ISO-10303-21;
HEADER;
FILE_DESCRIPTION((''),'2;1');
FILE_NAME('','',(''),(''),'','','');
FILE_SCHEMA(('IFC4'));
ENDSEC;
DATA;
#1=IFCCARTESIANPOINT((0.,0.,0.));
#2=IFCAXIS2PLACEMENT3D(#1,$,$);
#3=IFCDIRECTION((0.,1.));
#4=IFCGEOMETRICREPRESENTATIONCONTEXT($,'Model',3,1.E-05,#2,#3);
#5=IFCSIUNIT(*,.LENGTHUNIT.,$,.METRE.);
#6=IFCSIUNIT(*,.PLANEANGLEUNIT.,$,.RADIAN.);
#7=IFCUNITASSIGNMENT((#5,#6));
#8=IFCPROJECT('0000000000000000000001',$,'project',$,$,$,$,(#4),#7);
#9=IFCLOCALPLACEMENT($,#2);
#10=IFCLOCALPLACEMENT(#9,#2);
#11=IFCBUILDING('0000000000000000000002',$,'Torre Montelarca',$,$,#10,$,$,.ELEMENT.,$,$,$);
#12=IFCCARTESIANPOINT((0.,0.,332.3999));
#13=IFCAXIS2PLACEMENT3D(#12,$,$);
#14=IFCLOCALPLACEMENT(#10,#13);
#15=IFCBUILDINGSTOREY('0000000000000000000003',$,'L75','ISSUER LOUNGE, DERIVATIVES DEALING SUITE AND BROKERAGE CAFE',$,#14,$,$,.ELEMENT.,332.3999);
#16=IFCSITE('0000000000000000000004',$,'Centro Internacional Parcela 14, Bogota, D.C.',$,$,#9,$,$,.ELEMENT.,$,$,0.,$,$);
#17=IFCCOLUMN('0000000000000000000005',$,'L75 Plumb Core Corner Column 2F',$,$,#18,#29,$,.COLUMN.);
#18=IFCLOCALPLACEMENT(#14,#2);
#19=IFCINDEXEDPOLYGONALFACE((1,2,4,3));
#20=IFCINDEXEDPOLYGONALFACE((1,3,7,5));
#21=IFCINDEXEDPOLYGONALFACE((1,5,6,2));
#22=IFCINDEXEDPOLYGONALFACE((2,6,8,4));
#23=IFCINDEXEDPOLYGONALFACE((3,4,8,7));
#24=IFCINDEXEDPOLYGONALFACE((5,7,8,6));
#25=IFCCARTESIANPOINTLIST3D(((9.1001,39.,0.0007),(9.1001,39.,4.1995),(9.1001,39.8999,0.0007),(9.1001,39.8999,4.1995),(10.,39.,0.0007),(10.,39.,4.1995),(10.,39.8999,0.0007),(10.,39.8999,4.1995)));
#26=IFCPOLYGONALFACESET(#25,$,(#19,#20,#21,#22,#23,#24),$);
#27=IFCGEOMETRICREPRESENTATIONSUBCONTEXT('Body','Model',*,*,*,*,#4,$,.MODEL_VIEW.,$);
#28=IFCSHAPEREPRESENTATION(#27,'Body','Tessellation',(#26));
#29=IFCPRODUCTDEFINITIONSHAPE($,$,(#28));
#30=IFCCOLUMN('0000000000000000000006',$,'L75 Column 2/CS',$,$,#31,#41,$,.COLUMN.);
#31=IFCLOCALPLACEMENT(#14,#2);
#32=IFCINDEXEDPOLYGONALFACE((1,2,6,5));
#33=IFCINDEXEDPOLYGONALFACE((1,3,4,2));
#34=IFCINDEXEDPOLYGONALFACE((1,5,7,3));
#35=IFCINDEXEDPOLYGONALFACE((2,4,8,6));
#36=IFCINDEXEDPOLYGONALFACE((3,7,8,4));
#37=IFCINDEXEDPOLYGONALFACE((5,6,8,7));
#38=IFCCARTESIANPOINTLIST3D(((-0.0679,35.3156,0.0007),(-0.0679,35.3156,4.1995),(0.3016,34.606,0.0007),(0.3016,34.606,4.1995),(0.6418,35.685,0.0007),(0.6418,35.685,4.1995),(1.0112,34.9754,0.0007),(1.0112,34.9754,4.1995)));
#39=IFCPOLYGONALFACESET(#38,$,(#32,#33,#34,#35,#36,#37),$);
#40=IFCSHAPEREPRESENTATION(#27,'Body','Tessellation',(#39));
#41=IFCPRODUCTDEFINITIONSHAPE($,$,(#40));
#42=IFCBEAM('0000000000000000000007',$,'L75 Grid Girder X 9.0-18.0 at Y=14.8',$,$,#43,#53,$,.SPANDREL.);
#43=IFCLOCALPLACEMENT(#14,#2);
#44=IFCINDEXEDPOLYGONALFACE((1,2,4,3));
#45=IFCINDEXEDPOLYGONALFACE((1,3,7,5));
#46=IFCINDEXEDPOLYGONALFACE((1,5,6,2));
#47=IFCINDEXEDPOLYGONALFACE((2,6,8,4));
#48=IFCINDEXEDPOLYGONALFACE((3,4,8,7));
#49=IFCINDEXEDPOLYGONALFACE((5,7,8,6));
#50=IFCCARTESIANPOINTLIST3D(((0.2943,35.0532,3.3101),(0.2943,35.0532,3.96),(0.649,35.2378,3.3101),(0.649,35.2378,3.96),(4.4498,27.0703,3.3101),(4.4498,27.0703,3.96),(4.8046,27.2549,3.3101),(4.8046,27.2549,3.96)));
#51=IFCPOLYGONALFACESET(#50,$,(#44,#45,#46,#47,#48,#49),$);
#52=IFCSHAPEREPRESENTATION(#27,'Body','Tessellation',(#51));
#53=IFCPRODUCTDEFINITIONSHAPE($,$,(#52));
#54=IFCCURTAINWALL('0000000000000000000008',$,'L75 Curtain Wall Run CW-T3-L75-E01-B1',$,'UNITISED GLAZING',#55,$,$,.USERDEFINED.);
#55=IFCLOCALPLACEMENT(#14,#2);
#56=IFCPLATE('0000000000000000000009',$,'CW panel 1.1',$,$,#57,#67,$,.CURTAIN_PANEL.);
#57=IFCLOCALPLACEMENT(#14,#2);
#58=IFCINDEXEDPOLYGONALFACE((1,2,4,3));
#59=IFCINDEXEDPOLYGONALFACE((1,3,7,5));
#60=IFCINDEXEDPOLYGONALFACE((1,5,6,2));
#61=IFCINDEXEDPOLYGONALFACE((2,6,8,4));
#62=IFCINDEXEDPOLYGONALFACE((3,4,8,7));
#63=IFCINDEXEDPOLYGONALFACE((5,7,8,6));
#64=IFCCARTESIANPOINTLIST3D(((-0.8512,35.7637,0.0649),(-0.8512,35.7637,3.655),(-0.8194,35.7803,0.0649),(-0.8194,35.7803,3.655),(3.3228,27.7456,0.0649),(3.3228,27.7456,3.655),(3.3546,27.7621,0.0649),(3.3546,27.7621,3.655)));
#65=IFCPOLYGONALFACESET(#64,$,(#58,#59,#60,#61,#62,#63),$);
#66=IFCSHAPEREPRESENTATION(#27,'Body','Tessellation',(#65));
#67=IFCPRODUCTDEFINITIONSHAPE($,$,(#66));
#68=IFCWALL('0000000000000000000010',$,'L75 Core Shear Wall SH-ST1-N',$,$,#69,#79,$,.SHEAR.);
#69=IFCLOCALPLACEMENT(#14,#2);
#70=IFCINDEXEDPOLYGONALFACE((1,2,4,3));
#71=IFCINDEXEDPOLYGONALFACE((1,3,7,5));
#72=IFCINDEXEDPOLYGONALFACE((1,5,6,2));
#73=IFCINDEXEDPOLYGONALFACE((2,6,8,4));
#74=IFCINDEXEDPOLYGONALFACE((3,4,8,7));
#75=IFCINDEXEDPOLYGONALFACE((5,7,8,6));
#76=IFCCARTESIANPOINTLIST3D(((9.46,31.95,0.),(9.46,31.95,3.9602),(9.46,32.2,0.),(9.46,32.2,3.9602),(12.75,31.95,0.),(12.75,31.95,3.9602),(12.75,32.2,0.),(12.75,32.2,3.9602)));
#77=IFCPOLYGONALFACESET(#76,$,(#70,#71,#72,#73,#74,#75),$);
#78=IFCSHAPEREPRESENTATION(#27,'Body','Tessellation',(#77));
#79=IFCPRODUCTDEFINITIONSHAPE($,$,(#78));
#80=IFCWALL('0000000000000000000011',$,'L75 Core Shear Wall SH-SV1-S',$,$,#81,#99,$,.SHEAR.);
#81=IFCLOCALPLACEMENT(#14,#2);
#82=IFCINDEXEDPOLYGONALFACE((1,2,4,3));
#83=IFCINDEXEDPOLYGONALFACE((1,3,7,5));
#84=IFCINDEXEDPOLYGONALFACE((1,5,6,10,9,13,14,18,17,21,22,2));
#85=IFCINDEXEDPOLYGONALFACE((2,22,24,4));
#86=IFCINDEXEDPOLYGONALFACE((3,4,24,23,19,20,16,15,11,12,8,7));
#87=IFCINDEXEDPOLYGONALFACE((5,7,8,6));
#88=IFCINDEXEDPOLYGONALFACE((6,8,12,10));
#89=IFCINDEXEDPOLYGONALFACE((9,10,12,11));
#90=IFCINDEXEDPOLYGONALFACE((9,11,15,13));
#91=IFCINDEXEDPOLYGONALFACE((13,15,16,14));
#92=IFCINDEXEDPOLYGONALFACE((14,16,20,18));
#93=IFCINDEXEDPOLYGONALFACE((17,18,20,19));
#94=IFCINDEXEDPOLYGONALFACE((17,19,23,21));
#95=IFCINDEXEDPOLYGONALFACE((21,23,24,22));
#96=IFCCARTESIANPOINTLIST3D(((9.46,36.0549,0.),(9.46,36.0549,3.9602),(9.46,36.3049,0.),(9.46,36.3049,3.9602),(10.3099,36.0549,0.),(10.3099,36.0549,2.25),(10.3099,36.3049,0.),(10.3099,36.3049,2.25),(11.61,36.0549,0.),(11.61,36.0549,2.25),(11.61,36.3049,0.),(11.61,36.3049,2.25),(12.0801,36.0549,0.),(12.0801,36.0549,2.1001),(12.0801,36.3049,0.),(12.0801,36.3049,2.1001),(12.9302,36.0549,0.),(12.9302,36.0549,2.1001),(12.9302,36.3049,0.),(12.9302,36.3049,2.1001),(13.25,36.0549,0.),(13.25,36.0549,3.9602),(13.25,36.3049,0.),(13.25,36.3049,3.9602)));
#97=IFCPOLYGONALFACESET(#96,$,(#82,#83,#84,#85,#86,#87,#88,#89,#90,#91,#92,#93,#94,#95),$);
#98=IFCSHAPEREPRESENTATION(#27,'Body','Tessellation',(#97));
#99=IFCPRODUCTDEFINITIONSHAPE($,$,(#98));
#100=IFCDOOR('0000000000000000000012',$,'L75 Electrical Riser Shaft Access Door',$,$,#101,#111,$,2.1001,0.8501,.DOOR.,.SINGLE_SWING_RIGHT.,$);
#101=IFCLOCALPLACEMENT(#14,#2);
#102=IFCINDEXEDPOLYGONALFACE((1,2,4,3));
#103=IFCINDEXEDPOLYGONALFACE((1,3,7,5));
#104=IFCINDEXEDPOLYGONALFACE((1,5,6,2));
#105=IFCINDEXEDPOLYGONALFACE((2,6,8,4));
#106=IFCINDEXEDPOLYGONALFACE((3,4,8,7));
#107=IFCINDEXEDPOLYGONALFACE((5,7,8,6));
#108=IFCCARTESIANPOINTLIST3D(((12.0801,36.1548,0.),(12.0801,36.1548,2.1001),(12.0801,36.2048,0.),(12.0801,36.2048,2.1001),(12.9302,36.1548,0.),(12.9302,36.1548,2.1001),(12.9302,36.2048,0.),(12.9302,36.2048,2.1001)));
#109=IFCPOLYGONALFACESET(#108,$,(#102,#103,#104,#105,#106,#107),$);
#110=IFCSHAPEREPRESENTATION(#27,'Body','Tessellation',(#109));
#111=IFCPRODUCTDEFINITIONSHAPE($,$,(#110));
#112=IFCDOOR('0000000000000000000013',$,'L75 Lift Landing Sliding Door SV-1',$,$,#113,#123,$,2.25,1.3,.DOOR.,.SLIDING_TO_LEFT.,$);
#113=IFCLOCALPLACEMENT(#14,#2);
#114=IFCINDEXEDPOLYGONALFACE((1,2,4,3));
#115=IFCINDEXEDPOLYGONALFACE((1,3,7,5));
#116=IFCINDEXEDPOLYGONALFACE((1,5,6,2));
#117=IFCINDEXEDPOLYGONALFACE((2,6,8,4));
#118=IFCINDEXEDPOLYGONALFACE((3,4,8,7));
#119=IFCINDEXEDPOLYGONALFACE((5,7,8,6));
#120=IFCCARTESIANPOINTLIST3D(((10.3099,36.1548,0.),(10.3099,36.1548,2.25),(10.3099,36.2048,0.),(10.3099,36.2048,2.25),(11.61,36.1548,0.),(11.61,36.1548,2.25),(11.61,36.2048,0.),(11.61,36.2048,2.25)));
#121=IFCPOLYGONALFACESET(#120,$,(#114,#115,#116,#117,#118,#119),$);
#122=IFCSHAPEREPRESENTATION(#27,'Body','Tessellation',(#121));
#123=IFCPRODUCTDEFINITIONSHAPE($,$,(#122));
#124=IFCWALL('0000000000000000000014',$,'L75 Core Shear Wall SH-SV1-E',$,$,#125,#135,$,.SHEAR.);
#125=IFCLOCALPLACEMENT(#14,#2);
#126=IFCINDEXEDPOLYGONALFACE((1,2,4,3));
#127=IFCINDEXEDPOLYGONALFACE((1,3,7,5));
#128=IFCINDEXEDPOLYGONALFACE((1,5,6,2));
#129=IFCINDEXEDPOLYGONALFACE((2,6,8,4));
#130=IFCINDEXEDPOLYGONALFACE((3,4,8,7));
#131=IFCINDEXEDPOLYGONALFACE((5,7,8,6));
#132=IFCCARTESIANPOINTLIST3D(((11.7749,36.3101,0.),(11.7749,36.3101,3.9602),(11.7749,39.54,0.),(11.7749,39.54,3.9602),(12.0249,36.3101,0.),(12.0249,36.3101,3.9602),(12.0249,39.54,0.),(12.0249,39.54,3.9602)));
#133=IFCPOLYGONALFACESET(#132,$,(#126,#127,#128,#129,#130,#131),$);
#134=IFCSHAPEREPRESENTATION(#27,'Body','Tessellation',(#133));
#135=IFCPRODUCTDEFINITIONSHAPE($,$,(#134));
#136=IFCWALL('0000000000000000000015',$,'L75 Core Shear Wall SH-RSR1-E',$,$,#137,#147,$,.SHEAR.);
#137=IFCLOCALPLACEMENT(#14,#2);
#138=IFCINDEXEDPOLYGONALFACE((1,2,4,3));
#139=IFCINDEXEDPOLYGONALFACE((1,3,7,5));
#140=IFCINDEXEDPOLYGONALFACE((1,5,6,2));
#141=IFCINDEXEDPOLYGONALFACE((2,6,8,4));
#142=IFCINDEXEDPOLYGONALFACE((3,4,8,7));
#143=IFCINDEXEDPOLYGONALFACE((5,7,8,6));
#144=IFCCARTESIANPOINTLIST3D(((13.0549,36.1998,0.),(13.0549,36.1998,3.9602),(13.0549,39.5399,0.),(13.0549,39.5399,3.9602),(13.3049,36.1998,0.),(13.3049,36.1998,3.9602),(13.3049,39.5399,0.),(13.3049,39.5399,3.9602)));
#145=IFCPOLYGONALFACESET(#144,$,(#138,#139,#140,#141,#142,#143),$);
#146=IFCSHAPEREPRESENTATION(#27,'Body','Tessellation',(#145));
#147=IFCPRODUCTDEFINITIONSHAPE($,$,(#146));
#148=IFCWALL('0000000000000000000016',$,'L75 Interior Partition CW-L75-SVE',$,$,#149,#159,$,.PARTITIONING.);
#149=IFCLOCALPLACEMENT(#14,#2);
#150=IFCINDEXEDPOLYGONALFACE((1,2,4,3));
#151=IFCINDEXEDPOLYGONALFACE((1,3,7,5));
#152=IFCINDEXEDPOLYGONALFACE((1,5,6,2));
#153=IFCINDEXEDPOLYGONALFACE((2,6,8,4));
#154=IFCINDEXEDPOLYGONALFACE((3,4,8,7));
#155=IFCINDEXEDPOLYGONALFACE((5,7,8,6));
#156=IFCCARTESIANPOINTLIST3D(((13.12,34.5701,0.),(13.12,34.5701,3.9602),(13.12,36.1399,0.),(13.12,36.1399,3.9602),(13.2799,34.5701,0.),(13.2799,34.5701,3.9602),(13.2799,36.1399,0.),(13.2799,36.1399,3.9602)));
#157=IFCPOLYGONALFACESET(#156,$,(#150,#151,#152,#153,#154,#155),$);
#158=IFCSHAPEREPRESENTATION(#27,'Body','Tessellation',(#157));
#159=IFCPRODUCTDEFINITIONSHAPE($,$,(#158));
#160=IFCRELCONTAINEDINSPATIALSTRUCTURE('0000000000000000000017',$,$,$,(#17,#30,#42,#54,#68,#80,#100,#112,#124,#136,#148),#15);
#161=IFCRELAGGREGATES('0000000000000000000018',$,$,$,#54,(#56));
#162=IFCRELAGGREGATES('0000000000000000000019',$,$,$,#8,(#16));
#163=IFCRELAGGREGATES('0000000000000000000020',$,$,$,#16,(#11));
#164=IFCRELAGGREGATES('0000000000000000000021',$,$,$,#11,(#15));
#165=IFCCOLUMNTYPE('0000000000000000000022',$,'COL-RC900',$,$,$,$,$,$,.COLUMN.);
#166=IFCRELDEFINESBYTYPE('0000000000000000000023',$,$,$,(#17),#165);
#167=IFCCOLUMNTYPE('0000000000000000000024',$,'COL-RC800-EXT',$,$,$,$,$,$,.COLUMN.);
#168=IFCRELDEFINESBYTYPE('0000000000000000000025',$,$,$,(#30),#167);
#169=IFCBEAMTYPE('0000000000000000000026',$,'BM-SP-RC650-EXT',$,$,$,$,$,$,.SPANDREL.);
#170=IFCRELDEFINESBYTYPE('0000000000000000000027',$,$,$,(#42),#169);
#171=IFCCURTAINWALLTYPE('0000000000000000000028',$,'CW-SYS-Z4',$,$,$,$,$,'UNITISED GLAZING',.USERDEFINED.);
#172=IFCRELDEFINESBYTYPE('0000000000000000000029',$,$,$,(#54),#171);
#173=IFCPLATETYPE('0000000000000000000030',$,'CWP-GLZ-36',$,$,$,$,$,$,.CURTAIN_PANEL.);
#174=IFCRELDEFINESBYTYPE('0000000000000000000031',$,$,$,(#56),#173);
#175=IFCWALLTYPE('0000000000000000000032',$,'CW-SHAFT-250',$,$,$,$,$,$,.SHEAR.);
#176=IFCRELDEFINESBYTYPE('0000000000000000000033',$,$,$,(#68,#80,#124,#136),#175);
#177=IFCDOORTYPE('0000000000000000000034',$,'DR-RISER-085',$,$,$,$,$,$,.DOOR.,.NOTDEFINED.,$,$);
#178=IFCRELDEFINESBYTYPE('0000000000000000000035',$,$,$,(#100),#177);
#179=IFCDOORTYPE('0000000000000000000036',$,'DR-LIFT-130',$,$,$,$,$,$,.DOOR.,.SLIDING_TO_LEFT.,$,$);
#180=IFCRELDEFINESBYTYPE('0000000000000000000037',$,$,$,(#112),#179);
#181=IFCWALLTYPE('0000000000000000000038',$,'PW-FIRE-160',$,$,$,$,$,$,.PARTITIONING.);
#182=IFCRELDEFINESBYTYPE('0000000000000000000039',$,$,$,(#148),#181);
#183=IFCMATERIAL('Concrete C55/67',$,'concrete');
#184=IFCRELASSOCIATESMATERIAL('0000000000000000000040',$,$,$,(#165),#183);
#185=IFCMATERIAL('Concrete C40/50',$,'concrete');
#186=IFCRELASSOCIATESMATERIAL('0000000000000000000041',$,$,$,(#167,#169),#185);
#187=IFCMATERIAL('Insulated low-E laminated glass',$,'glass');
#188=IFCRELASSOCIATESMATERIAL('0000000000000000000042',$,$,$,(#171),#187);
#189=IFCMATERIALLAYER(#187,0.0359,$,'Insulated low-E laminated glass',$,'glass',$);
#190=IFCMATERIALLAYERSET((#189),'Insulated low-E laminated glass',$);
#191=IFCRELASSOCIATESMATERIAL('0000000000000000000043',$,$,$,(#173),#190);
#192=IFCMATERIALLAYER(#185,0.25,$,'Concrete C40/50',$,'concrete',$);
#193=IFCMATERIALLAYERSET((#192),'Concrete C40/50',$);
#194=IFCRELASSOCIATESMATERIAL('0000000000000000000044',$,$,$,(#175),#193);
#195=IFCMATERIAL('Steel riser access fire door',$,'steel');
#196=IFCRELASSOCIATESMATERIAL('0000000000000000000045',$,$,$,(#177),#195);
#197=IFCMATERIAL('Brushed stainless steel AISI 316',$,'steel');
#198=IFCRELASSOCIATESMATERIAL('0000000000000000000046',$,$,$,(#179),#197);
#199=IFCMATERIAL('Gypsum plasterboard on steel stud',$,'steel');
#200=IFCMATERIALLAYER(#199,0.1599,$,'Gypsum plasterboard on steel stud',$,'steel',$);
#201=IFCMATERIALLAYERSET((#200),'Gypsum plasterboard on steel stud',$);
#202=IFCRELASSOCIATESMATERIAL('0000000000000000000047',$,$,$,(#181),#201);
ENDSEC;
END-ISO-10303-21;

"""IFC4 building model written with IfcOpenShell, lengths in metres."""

from ifc_helpers import new_model, si_unit, direction, frame, frame_2d, origin, origin_2d, place, context, subcontext, project, spatial, rectangle, extrude, source, transform, mapped, material, layer, layer_set, material_profile, profile_set, type_object, element, fill, aggregate, save


model = new_model("IFC4")

# Units and contexts
model_context = context("Model", 3, precision=1e-05, world=origin(), true_north=direction((0.0, 1.0)))
body_context = subcontext(model_context, "Body", "Model", "MODEL_VIEW")
ifc_project = project(units=[si_unit("LENGTHUNIT", "METRE"), si_unit("PLANEANGLEUNIT", "RADIAN")], contexts=[model_context])

# Site, building, storey
site_placement = place(None, origin())
site = spatial("IfcSite", under=ifc_project, at=site_placement, Name="Centro Internacional Parcela 14, Bogota, D.C.", CompositionType="ELEMENT", RefElevation=0.0)
building_placement = place(site_placement, origin())
building = spatial("IfcBuilding", under=site, at=building_placement, Name="Torre Montelarca", CompositionType="ELEMENT")
storey_placement = place(building_placement, frame((0.0, 0.0, 332.3999)))
storey = spatial("IfcBuildingStorey", under=building, at=storey_placement, Name="L75", Description="ISSUER LOUNGE, DERIVATIVES DEALING SUITE AND BROKERAGE CAFE", CompositionType="ELEMENT", Elevation=332.3999)

# Columns
ifc_material_1 = material(Name="Concrete C55/67", Category="concrete")
ifc_material_profile_1 = material_profile(ifc_material_1, rectangle(XDim=0.8999, YDim=0.8999, at=origin_2d()), Name="RC900X900", Category="concrete")
ifc_profile_set_1 = profile_set([ifc_material_profile_1], Name="Concrete C55/67")
column_type_1 = type_object("IfcColumnType", Name="COL-RC900", PredefinedType="COLUMN", material=ifc_profile_set_1)
shared_shape_1 = source(origin(), body_context, "Body", "SweptSolid", [
    extrude(rectangle(XDim=0.8999, YDim=0.8999, at=origin_2d()), origin(), (0.0, 0.0, 1.0), 4.1987),
])
column_1_placement = place(storey_placement, frame((9.55, 39.45, 0.0007), z_axis=(0.0, 0.0, 1.0), x_axis=(1.0, 0.0, 0.0)))
element("IfcColumn", 1, at=column_1_placement, inside=storey, type_object=column_type_1, Name="L75 Plumb Core Corner Column 2F", PredefinedType="COLUMN", context=body_context, shape_type="MappedRepresentation", body=[
    mapped(shared_shape_1, transform((0.0, 0.0, 0.0), scale=1.0)),
])
ifc_material_2 = material(Name="Concrete C40/50", Category="concrete")
ifc_material_profile_2 = material_profile(ifc_material_2, rectangle(XDim=0.8, YDim=0.8, at=origin_2d()), Name="RC800X800", Category="concrete")
ifc_profile_set_2 = profile_set([ifc_material_profile_2], Name="Concrete C40/50")
column_type_2 = type_object("IfcColumnType", Name="COL-RC800-EXT", PredefinedType="COLUMN", material=ifc_profile_set_2)
shared_shape_2 = source(origin(), body_context, "Body", "SweptSolid", [
    extrude(rectangle(XDim=0.8, YDim=0.8, at=origin_2d()), origin(), (0.0, 0.0, 1.0), 4.1987),
])
column_2_placement = place(storey_placement, frame((0.4717, 35.1455, 0.0007), z_axis=(0.0, 0.0, 1.0), x_axis=(-0.461749, 0.887011, 0.0)))
element("IfcColumn", 2, at=column_2_placement, inside=storey, type_object=column_type_2, Name="L75 Column 2/CS", PredefinedType="COLUMN", context=body_context, shape_type="MappedRepresentation", body=[
    mapped(shared_shape_2, transform((0.0, 0.0, 0.0), scale=1.0)),
])

# Beam
ifc_material_profile_3 = material_profile(ifc_material_2, rectangle(XDim=0.3999, YDim=0.6499, at=origin_2d()), Name="RCB400X650", Category="concrete")
ifc_profile_set_3 = profile_set([ifc_material_profile_3], Name="Concrete C40/50")
beam_type = type_object("IfcBeamType", Name="BM-SP-RC650-EXT", PredefinedType="SPANDREL", material=ifc_profile_set_3)
shared_shape_3 = source(origin(), body_context, "Body", "SweptSolid", [
    extrude(rectangle(XDim=0.3999, YDim=0.6499, at=origin_2d()), origin(), (0.0, 0.0, 1.0), 8.9998),
])
beam_placement = place(storey_placement, frame((0.4717, 35.1455, 3.635), z_axis=(0.461738, -0.887016, 0.0), x_axis=(0.887016, 0.461738, 0.0)))
element("IfcBeam", 3, at=beam_placement, inside=storey, type_object=beam_type, Name="L75 Grid Girder X 9.0-18.0 at Y=14.8", PredefinedType="SPANDREL", context=body_context, shape_type="MappedRepresentation", body=[
    mapped(shared_shape_3, transform((0.0, 0.0, 0.0), scale=1.0)),
])

# Curtain wall, plate
ifc_material_3 = material(Name="Insulated low-E laminated glass", Category="glass")
curtain_wall_type = type_object("IfcCurtainWallType", Name="CW-SYS-Z4", ElementType="UNITISED GLAZING", PredefinedType="USERDEFINED", material=ifc_material_3)
curtain_wall_placement = place(storey_placement, origin())
curtain_wall = element("IfcCurtainWall", 4, at=curtain_wall_placement, inside=storey, type_object=curtain_wall_type, Name="L75 Curtain Wall Run CW-T3-L75-E01-B1", ObjectType="UNITISED GLAZING", PredefinedType="USERDEFINED")
ifc_layer_1 = layer(ifc_material_3, 0.0359, Name="Insulated low-E laminated glass", Category="glass")
ifc_layer_set_1 = layer_set([ifc_layer_1], Name="Insulated low-E laminated glass")
plate_type = type_object("IfcPlateType", Name="CWP-GLZ-36", PredefinedType="CURTAIN_PANEL", material=ifc_layer_set_1)
shared_shape_4 = source(origin(), body_context, "Body", "SweptSolid", [
    extrude(rectangle(XDim=9.0396, YDim=0.0359, at=origin_2d()), origin(), (0.0, 0.0, 1.0), 3.5901),
])
plate_placement = place(storey_placement, frame((1.2517, 31.7629, 0.0649), z_axis=(0.0, 0.0, 1.0), x_axis=(0.461747, -0.887011, 0.0)))
plate = element("IfcPlate", 5, at=plate_placement, type_object=plate_type, Name="CW panel 1.1", PredefinedType="CURTAIN_PANEL", context=body_context, shape_type="MappedRepresentation", body=[
    mapped(shared_shape_4, transform((0.0, 0.0, 0.0), scale=1.0)),
])
aggregate(curtain_wall, [plate])

# Wall
ifc_layer_2 = layer(ifc_material_2, 0.25, Name="Concrete C40/50", Category="concrete")
ifc_layer_set_2 = layer_set([ifc_layer_2], Name="Concrete C40/50")
wall_type_1 = type_object("IfcWallType", Name="CW-SHAFT-250", PredefinedType="SHEAR", material=ifc_layer_set_2)
wall_1_placement = place(storey_placement, frame((9.46, 32.075, 0.0), z_axis=(0.0, 0.0, 1.0), x_axis=(1.0, 0.0, 0.0)))
element("IfcWall", 6, at=wall_1_placement, inside=storey, type_object=wall_type_1, Name="L75 Core Shear Wall SH-ST1-N", PredefinedType="SHEAR", context=body_context, shape_type="SweptSolid", body=[
    extrude(rectangle(XDim=3.29, YDim=0.25, at=frame_2d((1.645, 0.0))), origin(), (0.0, 0.0, 1.0), 3.9602),
])

# Wall, openings, doors
wall_2_placement = place(storey_placement, frame((9.46, 36.1799, 0.0), z_axis=(0.0, 0.0, 1.0), x_axis=(1.0, 0.0, 0.0)))
wall_2 = element("IfcWall", 7, at=wall_2_placement, inside=storey, type_object=wall_type_1, Name="L75 Core Shear Wall SH-SV1-S", PredefinedType="SHEAR", context=body_context, shape_type="SweptSolid", body=[
    extrude(rectangle(XDim=3.79, YDim=0.25, at=frame_2d((1.895, 0.0))), origin(), (0.0, 0.0, 1.0), 3.9602),
])
opening_1_placement = place(wall_2_placement, frame((2.6201, 0.0, 0.0)))
opening_1 = element("IfcOpeningElement", 8, at=opening_1_placement, cuts=wall_2, PredefinedType="OPENING", context=body_context, shape_type="SweptSolid", body=[
    extrude(rectangle(XDim=0.8501, YDim=2.1001, at=frame_2d((0.425, 1.05))), frame((0.0, 0.135, 0.0), z_axis=(0.0, -1.0, 0.0), x_axis=(1.0, 0.0, 0.0)), (0.0, 0.0, 1.0), 0.27),
])
opening_2_placement = place(wall_2_placement, frame((0.8501, 0.0, 0.0)))
opening_2 = element("IfcOpeningElement", 9, at=opening_2_placement, cuts=wall_2, PredefinedType="OPENING", context=body_context, shape_type="SweptSolid", body=[
    extrude(rectangle(XDim=1.3, YDim=2.25, at=frame_2d((0.6499, 1.125))), frame((0.0, 0.135, 0.0), z_axis=(0.0, -1.0, 0.0), x_axis=(1.0, 0.0, 0.0)), (0.0, 0.0, 1.0), 0.27),
])
ifc_material_4 = material(Name="Steel riser access fire door", Category="steel")
door_type_1 = type_object("IfcDoorType", Name="DR-RISER-085", OperationType="NOTDEFINED", PredefinedType="DOOR", material=ifc_material_4)
shared_shape_5 = source(origin(), body_context, "Body", "SweptSolid", [
    extrude(rectangle(XDim=0.8501, YDim=2.1001, at=frame_2d((0.425, 1.05))), frame((0.0, 0.0249, 0.0), z_axis=(0.0, -1.0, 0.0), x_axis=(1.0, 0.0, 0.0)), (0.0, 0.0, 1.0), 0.05),
])
door_1_placement = place(opening_1_placement, origin())
door_1 = element("IfcDoor", 10, at=door_1_placement, inside=storey, type_object=door_type_1, Name="L75 Electrical Riser Shaft Access Door", OperationType="SINGLE_SWING_RIGHT", OverallHeight=2.1001, OverallWidth=0.8501, PredefinedType="DOOR", context=body_context, shape_type="MappedRepresentation", body=[
    mapped(shared_shape_5, transform((0.0, 0.0, 0.0), scale=1.0)),
])
fill(opening_1, door_1)
ifc_material_5 = material(Name="Brushed stainless steel AISI 316", Category="steel")
door_type_2 = type_object("IfcDoorType", Name="DR-LIFT-130", OperationType="SLIDING_TO_LEFT", PredefinedType="DOOR", material=ifc_material_5)
shared_shape_6 = source(origin(), body_context, "Body", "SweptSolid", [
    extrude(rectangle(XDim=1.3, YDim=2.25, at=frame_2d((0.6499, 1.125))), frame((0.0, 0.0249, 0.0), z_axis=(0.0, -1.0, 0.0), x_axis=(1.0, 0.0, 0.0)), (0.0, 0.0, 1.0), 0.05),
])
door_2_placement = place(opening_2_placement, origin())
door_2 = element("IfcDoor", 11, at=door_2_placement, inside=storey, type_object=door_type_2, Name="L75 Lift Landing Sliding Door SV-1", OperationType="SLIDING_TO_LEFT", OverallHeight=2.25, OverallWidth=1.3, PredefinedType="DOOR", context=body_context, shape_type="MappedRepresentation", body=[
    mapped(shared_shape_6, transform((0.0, 0.0, 0.0), scale=1.0)),
])
fill(opening_2, door_2)

# Walls
wall_3_placement = place(storey_placement, frame((11.8999, 36.3101, 0.0), z_axis=(0.0, 0.0, 1.0), x_axis=(0.0, 1.0, 0.0)))
element("IfcWall", 12, at=wall_3_placement, inside=storey, type_object=wall_type_1, Name="L75 Core Shear Wall SH-SV1-E", PredefinedType="SHEAR", context=body_context, shape_type="SweptSolid", body=[
    extrude(rectangle(XDim=3.23, YDim=0.25, at=frame_2d((1.615, 0.0))), origin(), (0.0, 0.0, 1.0), 3.9602),
])
wall_4_placement = place(storey_placement, frame((13.1799, 36.2, 0.0), z_axis=(0.0, 0.0, 1.0), x_axis=(0.0, 1.0, 0.0)))
element("IfcWall", 13, at=wall_4_placement, inside=storey, type_object=wall_type_1, Name="L75 Core Shear Wall SH-RSR1-E", PredefinedType="SHEAR", context=body_context, shape_type="SweptSolid", body=[
    extrude(rectangle(XDim=3.3401, YDim=0.25, at=frame_2d((1.6699, 0.0))), origin(), (0.0, 0.0, 1.0), 3.9602),
])

# Shared definitions
ifc_material_6 = material(Name="Gypsum plasterboard on steel stud", Category="steel")
ifc_layer_3 = layer(ifc_material_6, 0.1599, Name="Gypsum plasterboard on steel stud", Category="steel")
ifc_layer_set_3 = layer_set([ifc_layer_3], Name="Gypsum plasterboard on steel stud")
wall_type_2 = type_object("IfcWallType", Name="PW-FIRE-160", PredefinedType="PARTITIONING", material=ifc_layer_set_3)

# Wall
wall_5_placement = place(storey_placement, frame((13.2, 34.5701, 0.0), z_axis=(0.0, 0.0, 1.0), x_axis=(0.0, 1.0, 0.0)))
element("IfcWall", 14, at=wall_5_placement, inside=storey, type_object=wall_type_2, Name="L75 Interior Partition CW-L75-SVE", PredefinedType="PARTITIONING", context=body_context, shape_type="SweptSolid", body=[
    extrude(rectangle(XDim=1.5698, YDim=0.1599, at=frame_2d((0.7849, 0.0))), origin(), (0.0, 0.0, 1.0), 3.9602),
])

save(model, "model.ifc")
